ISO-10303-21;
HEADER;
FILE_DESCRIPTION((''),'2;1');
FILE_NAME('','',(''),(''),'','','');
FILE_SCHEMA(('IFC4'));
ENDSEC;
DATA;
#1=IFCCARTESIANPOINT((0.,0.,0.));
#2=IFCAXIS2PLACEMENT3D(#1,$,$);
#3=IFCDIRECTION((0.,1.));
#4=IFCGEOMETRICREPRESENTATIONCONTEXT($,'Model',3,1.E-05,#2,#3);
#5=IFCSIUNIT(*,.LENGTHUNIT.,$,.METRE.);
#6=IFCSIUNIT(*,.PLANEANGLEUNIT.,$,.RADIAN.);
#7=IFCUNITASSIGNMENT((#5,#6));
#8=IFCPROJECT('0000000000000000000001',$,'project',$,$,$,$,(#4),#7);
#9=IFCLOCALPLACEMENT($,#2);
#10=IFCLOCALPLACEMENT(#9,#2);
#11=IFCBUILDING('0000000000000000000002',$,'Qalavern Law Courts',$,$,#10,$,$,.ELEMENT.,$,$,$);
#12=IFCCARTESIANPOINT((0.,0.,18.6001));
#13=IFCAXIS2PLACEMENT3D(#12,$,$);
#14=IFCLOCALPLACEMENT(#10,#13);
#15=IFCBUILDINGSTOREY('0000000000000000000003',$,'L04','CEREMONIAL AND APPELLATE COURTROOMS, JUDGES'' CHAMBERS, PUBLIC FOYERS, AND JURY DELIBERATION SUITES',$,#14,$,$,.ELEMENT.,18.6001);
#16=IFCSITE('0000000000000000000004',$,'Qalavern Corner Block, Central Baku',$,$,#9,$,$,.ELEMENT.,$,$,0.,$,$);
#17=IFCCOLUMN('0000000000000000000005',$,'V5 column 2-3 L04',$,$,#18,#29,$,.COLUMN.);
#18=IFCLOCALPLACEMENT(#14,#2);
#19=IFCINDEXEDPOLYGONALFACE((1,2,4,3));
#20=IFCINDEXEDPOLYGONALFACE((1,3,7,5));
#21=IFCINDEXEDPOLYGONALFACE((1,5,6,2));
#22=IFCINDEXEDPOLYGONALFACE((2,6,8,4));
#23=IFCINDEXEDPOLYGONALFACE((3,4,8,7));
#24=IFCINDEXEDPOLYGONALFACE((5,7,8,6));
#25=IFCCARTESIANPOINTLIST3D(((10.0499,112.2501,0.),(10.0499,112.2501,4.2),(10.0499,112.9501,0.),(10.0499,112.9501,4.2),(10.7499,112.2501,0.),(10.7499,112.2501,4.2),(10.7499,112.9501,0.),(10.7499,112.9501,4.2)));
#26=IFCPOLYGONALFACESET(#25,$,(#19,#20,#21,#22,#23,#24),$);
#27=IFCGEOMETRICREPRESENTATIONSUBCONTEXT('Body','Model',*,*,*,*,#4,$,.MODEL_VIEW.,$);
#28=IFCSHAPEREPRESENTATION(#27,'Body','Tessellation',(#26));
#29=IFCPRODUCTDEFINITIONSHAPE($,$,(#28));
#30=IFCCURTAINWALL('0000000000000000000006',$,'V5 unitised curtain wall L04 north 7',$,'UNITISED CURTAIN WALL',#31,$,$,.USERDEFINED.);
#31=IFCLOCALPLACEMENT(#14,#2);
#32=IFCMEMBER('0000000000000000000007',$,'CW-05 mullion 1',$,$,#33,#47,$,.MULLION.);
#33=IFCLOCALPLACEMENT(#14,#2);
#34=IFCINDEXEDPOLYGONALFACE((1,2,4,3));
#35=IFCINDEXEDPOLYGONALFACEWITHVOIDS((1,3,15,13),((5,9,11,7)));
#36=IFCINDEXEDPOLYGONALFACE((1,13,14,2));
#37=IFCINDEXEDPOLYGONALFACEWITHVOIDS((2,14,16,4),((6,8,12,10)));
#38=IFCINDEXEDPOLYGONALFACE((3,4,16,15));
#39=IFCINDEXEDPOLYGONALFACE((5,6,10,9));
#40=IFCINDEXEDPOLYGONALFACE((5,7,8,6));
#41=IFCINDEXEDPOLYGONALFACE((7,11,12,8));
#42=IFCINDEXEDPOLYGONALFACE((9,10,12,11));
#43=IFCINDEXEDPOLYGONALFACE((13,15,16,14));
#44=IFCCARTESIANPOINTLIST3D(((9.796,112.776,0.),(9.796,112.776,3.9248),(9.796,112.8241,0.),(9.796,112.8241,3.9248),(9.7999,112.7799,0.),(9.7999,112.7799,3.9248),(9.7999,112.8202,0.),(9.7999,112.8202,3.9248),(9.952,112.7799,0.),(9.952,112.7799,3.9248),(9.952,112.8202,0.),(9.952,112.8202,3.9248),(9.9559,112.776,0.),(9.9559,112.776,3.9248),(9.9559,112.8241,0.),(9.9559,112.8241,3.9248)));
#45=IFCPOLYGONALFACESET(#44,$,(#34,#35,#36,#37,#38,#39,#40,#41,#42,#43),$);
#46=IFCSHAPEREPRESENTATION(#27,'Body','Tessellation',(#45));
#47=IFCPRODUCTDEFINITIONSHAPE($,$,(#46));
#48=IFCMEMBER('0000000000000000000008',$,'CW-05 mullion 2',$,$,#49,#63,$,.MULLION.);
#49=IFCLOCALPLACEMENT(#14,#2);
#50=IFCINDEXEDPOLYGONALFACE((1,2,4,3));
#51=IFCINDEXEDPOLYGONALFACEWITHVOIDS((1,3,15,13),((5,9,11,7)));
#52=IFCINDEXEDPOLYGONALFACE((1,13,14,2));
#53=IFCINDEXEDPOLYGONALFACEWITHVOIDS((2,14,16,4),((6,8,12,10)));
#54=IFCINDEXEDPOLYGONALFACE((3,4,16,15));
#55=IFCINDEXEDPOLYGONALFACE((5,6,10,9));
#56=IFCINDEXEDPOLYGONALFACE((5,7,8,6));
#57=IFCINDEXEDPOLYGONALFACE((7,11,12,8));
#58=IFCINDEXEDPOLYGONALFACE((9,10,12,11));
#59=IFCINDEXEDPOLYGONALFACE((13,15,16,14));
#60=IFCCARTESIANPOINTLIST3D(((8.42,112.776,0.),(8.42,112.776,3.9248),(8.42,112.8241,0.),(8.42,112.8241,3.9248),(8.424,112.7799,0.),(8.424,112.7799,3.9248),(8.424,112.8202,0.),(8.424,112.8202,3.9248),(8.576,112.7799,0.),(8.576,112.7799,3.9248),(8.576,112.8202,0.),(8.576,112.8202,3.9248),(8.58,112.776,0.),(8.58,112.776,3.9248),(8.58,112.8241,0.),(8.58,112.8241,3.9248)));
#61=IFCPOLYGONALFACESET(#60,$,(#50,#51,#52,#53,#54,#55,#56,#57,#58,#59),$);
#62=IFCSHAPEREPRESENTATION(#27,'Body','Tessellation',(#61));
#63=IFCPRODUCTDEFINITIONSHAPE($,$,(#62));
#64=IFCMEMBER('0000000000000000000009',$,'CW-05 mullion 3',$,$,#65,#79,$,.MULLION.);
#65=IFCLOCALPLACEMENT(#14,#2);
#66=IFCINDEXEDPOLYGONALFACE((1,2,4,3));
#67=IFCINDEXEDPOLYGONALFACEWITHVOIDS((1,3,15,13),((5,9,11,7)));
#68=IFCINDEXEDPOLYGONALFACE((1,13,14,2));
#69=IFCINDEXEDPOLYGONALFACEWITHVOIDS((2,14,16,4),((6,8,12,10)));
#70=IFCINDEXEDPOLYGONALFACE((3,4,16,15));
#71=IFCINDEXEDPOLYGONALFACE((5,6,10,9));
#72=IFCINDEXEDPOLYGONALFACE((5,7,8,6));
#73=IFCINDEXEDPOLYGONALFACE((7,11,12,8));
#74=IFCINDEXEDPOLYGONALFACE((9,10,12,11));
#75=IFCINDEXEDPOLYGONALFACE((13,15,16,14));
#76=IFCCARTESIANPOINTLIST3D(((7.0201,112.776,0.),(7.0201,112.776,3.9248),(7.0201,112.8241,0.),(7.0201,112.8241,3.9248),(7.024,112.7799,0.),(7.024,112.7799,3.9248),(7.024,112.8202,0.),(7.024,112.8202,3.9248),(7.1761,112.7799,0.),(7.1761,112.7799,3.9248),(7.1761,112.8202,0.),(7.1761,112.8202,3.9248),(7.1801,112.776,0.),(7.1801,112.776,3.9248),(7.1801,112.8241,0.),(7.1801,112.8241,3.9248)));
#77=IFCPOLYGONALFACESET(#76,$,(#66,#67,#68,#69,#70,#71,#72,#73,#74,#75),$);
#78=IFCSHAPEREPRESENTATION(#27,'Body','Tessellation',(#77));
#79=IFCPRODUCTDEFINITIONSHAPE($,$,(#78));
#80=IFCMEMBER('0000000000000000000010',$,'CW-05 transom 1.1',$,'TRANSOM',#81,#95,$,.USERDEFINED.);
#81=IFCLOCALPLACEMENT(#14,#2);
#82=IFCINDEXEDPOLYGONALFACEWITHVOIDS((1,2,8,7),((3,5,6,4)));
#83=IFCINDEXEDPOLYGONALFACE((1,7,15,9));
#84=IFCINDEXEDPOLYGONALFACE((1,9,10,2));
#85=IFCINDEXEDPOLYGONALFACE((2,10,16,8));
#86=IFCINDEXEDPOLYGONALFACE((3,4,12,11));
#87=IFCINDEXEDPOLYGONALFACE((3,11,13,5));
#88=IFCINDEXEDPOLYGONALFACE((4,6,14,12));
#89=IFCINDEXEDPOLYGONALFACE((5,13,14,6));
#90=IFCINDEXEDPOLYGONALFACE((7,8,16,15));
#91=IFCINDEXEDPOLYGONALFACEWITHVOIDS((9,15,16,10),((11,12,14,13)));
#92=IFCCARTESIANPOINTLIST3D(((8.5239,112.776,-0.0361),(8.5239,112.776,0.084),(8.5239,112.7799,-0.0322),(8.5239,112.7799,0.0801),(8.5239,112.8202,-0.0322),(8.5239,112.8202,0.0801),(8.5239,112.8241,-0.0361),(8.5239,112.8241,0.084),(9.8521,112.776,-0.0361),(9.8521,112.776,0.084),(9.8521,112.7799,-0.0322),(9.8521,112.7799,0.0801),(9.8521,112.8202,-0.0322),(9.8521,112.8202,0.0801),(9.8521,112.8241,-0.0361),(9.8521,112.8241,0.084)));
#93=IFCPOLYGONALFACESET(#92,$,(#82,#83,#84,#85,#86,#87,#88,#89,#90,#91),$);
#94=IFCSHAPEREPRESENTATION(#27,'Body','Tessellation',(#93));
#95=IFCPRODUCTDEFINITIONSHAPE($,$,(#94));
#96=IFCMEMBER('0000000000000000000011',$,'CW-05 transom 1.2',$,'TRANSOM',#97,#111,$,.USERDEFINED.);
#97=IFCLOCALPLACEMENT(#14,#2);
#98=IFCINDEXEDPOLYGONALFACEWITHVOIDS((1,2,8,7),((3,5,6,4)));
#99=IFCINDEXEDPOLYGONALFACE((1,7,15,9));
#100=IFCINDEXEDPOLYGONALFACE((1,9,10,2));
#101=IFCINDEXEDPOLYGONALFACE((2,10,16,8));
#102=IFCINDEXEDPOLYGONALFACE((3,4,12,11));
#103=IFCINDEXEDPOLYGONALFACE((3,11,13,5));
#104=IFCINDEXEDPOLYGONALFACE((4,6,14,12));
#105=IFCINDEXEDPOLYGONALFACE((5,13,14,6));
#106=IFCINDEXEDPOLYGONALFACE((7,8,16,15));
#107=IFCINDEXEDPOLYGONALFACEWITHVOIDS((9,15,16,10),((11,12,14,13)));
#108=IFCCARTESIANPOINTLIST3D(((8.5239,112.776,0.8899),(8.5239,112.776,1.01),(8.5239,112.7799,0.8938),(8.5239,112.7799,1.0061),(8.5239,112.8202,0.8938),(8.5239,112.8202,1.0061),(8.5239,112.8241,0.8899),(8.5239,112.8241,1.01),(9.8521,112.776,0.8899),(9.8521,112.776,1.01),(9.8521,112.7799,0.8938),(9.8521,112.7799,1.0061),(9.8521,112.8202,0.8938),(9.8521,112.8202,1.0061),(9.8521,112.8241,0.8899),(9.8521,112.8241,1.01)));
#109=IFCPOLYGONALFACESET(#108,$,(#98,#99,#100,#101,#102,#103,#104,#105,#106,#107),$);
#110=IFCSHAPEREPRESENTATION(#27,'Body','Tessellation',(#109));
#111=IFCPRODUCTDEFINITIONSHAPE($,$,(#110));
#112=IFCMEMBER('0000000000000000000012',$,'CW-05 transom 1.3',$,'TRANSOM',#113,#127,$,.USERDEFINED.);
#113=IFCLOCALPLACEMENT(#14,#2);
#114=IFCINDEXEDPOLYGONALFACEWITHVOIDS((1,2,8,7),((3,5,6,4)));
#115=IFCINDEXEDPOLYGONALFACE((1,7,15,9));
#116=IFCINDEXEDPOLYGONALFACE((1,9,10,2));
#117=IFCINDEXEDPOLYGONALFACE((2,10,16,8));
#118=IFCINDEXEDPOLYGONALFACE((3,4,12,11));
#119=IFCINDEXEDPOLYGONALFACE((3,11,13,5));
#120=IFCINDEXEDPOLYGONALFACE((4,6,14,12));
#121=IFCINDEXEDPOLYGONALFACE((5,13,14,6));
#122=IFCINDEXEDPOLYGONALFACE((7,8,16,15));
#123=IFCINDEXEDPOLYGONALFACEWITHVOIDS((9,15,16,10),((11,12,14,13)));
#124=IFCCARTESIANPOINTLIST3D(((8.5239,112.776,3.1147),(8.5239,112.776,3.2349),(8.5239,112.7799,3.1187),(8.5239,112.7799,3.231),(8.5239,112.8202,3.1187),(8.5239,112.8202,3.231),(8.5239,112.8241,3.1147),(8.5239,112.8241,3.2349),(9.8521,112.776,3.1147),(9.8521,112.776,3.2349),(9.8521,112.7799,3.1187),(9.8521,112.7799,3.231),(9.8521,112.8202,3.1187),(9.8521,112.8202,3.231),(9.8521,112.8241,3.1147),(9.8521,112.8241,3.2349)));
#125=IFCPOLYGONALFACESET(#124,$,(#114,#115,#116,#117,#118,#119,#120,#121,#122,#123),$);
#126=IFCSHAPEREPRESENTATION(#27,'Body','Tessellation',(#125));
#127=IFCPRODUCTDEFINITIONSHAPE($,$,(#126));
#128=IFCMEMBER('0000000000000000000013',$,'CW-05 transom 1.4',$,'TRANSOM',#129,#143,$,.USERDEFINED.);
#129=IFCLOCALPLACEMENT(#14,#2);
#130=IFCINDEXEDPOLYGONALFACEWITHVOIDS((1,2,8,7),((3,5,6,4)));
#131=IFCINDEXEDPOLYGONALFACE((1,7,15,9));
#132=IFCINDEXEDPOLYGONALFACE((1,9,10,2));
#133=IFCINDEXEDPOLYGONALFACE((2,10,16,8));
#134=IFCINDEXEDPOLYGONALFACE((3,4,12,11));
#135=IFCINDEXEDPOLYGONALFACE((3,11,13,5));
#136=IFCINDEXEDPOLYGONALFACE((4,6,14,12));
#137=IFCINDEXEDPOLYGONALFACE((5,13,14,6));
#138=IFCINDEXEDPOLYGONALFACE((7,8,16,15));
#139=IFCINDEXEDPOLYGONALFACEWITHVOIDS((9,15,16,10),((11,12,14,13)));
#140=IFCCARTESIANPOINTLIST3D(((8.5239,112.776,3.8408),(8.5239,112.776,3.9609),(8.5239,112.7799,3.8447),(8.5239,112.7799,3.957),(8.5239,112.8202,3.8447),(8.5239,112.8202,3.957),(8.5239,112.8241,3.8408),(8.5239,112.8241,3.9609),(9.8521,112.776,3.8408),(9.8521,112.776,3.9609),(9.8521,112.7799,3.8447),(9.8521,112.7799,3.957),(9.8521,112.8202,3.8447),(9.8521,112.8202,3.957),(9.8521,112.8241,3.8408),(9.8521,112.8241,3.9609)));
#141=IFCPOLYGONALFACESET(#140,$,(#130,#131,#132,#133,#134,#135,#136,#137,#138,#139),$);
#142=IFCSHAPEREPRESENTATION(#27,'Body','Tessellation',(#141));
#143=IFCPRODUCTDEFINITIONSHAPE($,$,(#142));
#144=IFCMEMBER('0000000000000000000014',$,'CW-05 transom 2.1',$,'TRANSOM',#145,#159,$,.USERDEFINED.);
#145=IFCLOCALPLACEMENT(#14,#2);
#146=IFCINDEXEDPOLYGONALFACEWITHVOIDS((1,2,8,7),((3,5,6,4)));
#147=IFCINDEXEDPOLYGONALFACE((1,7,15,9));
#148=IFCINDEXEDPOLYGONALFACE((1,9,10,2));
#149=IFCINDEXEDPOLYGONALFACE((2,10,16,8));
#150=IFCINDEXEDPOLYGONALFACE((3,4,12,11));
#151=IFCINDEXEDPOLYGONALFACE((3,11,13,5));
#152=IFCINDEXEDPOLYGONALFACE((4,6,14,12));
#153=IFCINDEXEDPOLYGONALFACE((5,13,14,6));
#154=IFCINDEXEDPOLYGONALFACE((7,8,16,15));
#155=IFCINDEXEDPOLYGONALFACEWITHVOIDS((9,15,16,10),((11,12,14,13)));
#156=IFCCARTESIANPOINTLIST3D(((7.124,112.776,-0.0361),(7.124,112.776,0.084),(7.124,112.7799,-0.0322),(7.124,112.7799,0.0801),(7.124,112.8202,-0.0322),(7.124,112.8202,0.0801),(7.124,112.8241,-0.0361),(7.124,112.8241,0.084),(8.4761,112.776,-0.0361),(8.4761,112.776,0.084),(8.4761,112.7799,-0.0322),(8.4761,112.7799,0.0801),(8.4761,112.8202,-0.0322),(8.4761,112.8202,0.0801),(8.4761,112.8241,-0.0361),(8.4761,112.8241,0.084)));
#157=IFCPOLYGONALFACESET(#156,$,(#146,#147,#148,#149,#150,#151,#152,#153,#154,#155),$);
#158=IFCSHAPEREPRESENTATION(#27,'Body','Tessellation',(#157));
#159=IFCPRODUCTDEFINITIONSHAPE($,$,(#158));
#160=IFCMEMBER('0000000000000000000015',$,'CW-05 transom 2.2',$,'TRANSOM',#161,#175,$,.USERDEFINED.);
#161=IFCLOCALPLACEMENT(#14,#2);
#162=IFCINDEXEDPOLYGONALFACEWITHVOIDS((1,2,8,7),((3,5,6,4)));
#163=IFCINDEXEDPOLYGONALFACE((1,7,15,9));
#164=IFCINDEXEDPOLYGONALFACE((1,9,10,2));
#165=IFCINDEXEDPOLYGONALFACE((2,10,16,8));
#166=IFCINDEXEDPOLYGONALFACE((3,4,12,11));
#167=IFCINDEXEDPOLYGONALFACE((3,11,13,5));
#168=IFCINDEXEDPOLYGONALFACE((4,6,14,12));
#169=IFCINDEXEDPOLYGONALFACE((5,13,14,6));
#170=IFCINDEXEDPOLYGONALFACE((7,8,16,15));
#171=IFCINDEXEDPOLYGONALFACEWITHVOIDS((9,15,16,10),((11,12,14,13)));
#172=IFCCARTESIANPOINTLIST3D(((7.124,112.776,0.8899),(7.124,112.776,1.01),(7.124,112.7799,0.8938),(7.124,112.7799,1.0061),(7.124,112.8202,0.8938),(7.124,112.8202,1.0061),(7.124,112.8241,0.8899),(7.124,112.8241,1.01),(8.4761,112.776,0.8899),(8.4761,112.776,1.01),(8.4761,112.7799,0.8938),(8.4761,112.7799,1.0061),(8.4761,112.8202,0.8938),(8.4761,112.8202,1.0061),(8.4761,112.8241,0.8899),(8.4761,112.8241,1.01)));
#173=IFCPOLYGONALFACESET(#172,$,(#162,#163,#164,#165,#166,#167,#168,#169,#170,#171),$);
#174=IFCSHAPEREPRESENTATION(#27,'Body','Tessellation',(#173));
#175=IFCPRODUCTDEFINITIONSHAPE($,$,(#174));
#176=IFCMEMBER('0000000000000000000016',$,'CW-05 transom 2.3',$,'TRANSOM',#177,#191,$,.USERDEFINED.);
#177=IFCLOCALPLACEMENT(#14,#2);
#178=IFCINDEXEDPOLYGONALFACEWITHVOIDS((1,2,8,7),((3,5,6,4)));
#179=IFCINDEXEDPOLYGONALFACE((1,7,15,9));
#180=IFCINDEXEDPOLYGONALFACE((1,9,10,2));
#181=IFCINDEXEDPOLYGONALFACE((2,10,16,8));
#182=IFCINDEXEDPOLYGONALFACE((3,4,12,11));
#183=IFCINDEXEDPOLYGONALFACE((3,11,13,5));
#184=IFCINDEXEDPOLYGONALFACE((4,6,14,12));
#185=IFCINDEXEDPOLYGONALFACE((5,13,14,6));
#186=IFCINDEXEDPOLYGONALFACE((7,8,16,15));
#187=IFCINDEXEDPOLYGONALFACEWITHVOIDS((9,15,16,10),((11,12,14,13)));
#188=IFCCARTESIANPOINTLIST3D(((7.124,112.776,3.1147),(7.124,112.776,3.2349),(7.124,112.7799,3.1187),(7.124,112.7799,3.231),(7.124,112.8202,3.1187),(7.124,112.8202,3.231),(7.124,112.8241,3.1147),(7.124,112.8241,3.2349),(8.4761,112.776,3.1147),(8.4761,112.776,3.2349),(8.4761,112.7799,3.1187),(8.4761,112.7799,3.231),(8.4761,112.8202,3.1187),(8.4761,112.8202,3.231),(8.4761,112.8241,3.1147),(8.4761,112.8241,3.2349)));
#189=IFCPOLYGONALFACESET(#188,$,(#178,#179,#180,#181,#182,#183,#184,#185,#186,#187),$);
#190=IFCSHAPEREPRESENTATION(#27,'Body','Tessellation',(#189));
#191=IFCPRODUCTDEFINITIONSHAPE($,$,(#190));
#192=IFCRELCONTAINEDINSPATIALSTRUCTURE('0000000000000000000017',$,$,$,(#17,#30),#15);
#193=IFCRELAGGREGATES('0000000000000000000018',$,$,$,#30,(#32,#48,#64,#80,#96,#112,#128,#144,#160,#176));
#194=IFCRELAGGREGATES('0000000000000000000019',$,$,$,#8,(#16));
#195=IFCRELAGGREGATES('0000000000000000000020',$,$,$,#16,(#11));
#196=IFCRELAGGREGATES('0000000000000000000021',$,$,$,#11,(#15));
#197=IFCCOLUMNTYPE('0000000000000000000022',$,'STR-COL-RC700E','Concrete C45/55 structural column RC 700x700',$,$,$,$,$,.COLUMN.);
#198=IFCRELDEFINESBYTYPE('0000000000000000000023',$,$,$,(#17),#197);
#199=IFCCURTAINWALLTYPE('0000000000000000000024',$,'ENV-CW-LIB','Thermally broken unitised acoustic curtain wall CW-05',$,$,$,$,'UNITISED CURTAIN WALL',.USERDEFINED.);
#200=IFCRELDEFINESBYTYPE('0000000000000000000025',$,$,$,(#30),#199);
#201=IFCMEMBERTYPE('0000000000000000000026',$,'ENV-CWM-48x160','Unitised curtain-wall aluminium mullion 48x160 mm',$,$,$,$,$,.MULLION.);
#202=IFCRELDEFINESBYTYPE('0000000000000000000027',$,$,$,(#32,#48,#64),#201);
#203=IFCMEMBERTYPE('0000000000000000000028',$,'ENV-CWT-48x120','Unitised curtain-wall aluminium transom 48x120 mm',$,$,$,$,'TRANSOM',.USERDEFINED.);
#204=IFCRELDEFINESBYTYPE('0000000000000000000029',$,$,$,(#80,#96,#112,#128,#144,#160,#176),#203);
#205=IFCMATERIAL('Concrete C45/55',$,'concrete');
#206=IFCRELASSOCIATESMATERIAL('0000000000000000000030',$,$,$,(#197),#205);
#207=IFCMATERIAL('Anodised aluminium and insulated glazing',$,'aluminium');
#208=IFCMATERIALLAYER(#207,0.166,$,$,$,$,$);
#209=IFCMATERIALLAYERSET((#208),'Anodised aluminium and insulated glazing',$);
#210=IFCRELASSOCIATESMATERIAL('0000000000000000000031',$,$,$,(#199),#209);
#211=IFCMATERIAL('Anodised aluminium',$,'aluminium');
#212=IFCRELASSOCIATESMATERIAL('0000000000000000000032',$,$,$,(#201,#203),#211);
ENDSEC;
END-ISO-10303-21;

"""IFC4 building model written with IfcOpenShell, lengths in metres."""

from ifc_helpers import new_model, si_unit, direction, frame, origin, origin_2d, place, context, subcontext, project, spatial, rectangle, hollow_rectangle, extrude, material, layer, layer_set, material_profile, profile_set, type_object, element, aggregate, save


model = new_model("IFC4")

# Units and contexts
model_context = context("Model", 3, precision=1e-05, world=origin(), true_north=direction((0.0, 1.0)))
body_context = subcontext(model_context, "Body", "Model", "MODEL_VIEW")
ifc_project = project(units=[si_unit("LENGTHUNIT", "METRE"), si_unit("PLANEANGLEUNIT", "RADIAN")], contexts=[model_context])

# Site, building, storey
site_placement = place(None, origin())
site = spatial("IfcSite", under=ifc_project, at=site_placement, Name="Qalavern Corner Block, Central Baku", CompositionType="ELEMENT", RefElevation=0.0)
building_placement = place(site_placement, origin())
building = spatial("IfcBuilding", under=site, at=building_placement, Name="Qalavern Law Courts", CompositionType="ELEMENT")
storey_placement = place(building_placement, frame((0.0, 0.0, 18.6001)))
storey = spatial("IfcBuildingStorey", under=building, at=storey_placement, Name="L04", Description="CEREMONIAL AND APPELLATE COURTROOMS, JUDGES' CHAMBERS, PUBLIC FOYERS, AND JURY DELIBERATION SUITES", CompositionType="ELEMENT", Elevation=18.6001)

# Column
ifc_material_1 = material(Name="Concrete C45/55", Category="concrete")
ifc_material_profile_1 = material_profile(ifc_material_1, rectangle(XDim=0.7, YDim=0.7, at=origin_2d()), Name="RC 700x700")
ifc_profile_set_1 = profile_set([ifc_material_profile_1], Name="Concrete C45/55")
column_type = type_object("IfcColumnType", Name="STR-COL-RC700E", Description="Concrete C45/55 structural column RC 700x700", PredefinedType="COLUMN", material=ifc_profile_set_1)
column_placement = place(storey_placement, frame((10.3999, 112.6001, 0.0), z_axis=(0.0, 0.0, 1.0), x_axis=(1.0, 0.0, 0.0)))
element("IfcColumn", 1, at=column_placement, inside=storey, type_object=column_type, Name="V5 column 2-3 L04", PredefinedType="COLUMN", context=body_context, shape_type="SweptSolid", body=[
    extrude(rectangle(XDim=0.7, YDim=0.7, at=origin_2d()), origin(), (0.0, 0.0, 1.0), 4.2),
])

# Curtain wall, members
ifc_material_2 = material(Name="Anodised aluminium and insulated glazing", Category="aluminium")
ifc_layer_1 = layer(ifc_material_2, 0.166)
ifc_layer_set_1 = layer_set([ifc_layer_1], Name="Anodised aluminium and insulated glazing")
curtain_wall_type = type_object("IfcCurtainWallType", Name="ENV-CW-LIB", Description="Thermally broken unitised acoustic curtain wall CW-05", ElementType="UNITISED CURTAIN WALL", PredefinedType="USERDEFINED", material=ifc_layer_set_1)
curtain_wall_placement = place(storey_placement, origin())
curtain_wall = element("IfcCurtainWall", 2, at=curtain_wall_placement, inside=storey, type_object=curtain_wall_type, Name="V5 unitised curtain wall L04 north 7", ObjectType="UNITISED CURTAIN WALL", PredefinedType="USERDEFINED")
ifc_material_3 = material(Name="Anodised aluminium", Category="aluminium")
ifc_material_profile_2 = material_profile(ifc_material_3, hollow_rectangle(XDim=0.0481, YDim=0.1599, WallThickness=0.0039, at=origin_2d()), Name="ALU MULLION 48x160")
ifc_profile_set_2 = profile_set([ifc_material_profile_2], Name="Anodised aluminium")
member_type_1 = type_object("IfcMemberType", Name="ENV-CWM-48x160", Description="Unitised curtain-wall aluminium mullion 48x160 mm", PredefinedType="MULLION", material=ifc_profile_set_2)
member_1_placement = place(storey_placement, frame((9.876, 112.8, 0.0), z_axis=(0.0, 0.0, 1.0), x_axis=(0.0, -1.0, 0.0)))
member_1 = element("IfcMember", 3, at=member_1_placement, type_object=member_type_1, Name="CW-05 mullion 1", PredefinedType="MULLION", context=body_context, shape_type="SweptSolid", body=[
    extrude(hollow_rectangle(XDim=0.0481, YDim=0.1599, WallThickness=0.0039, at=origin_2d()), origin(), (0.0, 0.0, 1.0), 3.9248),
])
member_2_placement = place(storey_placement, frame((8.5, 112.8, 0.0), z_axis=(0.0, 0.0, 1.0), x_axis=(0.0, -1.0, 0.0)))
member_2 = element("IfcMember", 4, at=member_2_placement, type_object=member_type_1, Name="CW-05 mullion 2", PredefinedType="MULLION", context=body_context, shape_type="SweptSolid", body=[
    extrude(hollow_rectangle(XDim=0.0481, YDim=0.1599, WallThickness=0.0039, at=origin_2d()), origin(), (0.0, 0.0, 1.0), 3.9248),
])
member_3_placement = place(storey_placement, frame((7.1001, 112.8, 0.0), z_axis=(0.0, 0.0, 1.0), x_axis=(0.0, -1.0, 0.0)))
member_3 = element("IfcMember", 5, at=member_3_placement, type_object=member_type_1, Name="CW-05 mullion 3", PredefinedType="MULLION", context=body_context, shape_type="SweptSolid", body=[
    extrude(hollow_rectangle(XDim=0.0481, YDim=0.1599, WallThickness=0.0039, at=origin_2d()), origin(), (0.0, 0.0, 1.0), 3.9248),
])
ifc_material_profile_3 = material_profile(ifc_material_3, hollow_rectangle(XDim=0.0481, YDim=0.1201, WallThickness=0.0039, at=origin_2d()), Name="ALU TRANSOM 48x120")
ifc_profile_set_3 = profile_set([ifc_material_profile_3], Name="Anodised aluminium")
member_type_2 = type_object("IfcMemberType", Name="ENV-CWT-48x120", Description="Unitised curtain-wall aluminium transom 48x120 mm", ElementType="TRANSOM", PredefinedType="USERDEFINED", material=ifc_profile_set_3)
member_4_placement = place(storey_placement, frame((9.8521, 112.8, 0.0239), z_axis=(-1.0, 0.0, 0.0), x_axis=(0.0, -1.0, 0.0)))
member_4 = element("IfcMember", 6, at=member_4_placement, type_object=member_type_2, Name="CW-05 transom 1.1", ObjectType="TRANSOM", PredefinedType="USERDEFINED", context=body_context, shape_type="SweptSolid", body=[
    extrude(hollow_rectangle(XDim=0.0481, YDim=0.1201, WallThickness=0.0039, at=origin_2d()), origin(), (0.0, 0.0, 1.0), 1.3281),
])
member_5_placement = place(storey_placement, frame((9.8521, 112.8, 0.95), z_axis=(-1.0, 0.0, 0.0), x_axis=(0.0, -1.0, 0.0)))
member_5 = element("IfcMember", 7, at=member_5_placement, type_object=member_type_2, Name="CW-05 transom 1.2", ObjectType="TRANSOM", PredefinedType="USERDEFINED", context=body_context, shape_type="SweptSolid", body=[
    extrude(hollow_rectangle(XDim=0.0481, YDim=0.1201, WallThickness=0.0039, at=origin_2d()), origin(), (0.0, 0.0, 1.0), 1.3281),
])
member_6_placement = place(storey_placement, frame((9.8521, 112.8, 3.1748), z_axis=(-1.0, 0.0, 0.0), x_axis=(0.0, -1.0, 0.0)))
member_6 = element("IfcMember", 8, at=member_6_placement, type_object=member_type_2, Name="CW-05 transom 1.3", ObjectType="TRANSOM", PredefinedType="USERDEFINED", context=body_context, shape_type="SweptSolid", body=[
    extrude(hollow_rectangle(XDim=0.0481, YDim=0.1201, WallThickness=0.0039, at=origin_2d()), origin(), (0.0, 0.0, 1.0), 1.3281),
])
member_7_placement = place(storey_placement, frame((9.8521, 112.8, 3.9009), z_axis=(-1.0, 0.0, 0.0), x_axis=(0.0, -1.0, 0.0)))
member_7 = element("IfcMember", 9, at=member_7_placement, type_object=member_type_2, Name="CW-05 transom 1.4", ObjectType="TRANSOM", PredefinedType="USERDEFINED", context=body_context, shape_type="SweptSolid", body=[
    extrude(hollow_rectangle(XDim=0.0481, YDim=0.1201, WallThickness=0.0039, at=origin_2d()), origin(), (0.0, 0.0, 1.0), 1.3281),
])
member_8_placement = place(storey_placement, frame((8.4761, 112.8, 0.0239), z_axis=(-1.0, 0.0, 0.0), x_axis=(0.0, -1.0, 0.0)))
member_8 = element("IfcMember", 10, at=member_8_placement, type_object=member_type_2, Name="CW-05 transom 2.1", ObjectType="TRANSOM", PredefinedType="USERDEFINED", context=body_context, shape_type="SweptSolid", body=[
    extrude(hollow_rectangle(XDim=0.0481, YDim=0.1201, WallThickness=0.0039, at=origin_2d()), origin(), (0.0, 0.0, 1.0), 1.3521),
])
member_9_placement = place(storey_placement, frame((8.4761, 112.8, 0.95), z_axis=(-1.0, 0.0, 0.0), x_axis=(0.0, -1.0, 0.0)))
member_9 = element("IfcMember", 11, at=member_9_placement, type_object=member_type_2, Name="CW-05 transom 2.2", ObjectType="TRANSOM", PredefinedType="USERDEFINED", context=body_context, shape_type="SweptSolid", body=[
    extrude(hollow_rectangle(XDim=0.0481, YDim=0.1201, WallThickness=0.0039, at=origin_2d()), origin(), (0.0, 0.0, 1.0), 1.3521),
])
member_10_placement = place(storey_placement, frame((8.4761, 112.8, 3.1748), z_axis=(-1.0, 0.0, 0.0), x_axis=(0.0, -1.0, 0.0)))
member_10 = element("IfcMember", 12, at=member_10_placement, type_object=member_type_2, Name="CW-05 transom 2.3", ObjectType="TRANSOM", PredefinedType="USERDEFINED", context=body_context, shape_type="SweptSolid", body=[
    extrude(hollow_rectangle(XDim=0.0481, YDim=0.1201, WallThickness=0.0039, at=origin_2d()), origin(), (0.0, 0.0, 1.0), 1.3521),
])

aggregate(curtain_wall, [member_1, member_2, member_3, member_4, member_5, member_6, member_7, member_8, member_9, member_10])

save(model, "model.ifc")
